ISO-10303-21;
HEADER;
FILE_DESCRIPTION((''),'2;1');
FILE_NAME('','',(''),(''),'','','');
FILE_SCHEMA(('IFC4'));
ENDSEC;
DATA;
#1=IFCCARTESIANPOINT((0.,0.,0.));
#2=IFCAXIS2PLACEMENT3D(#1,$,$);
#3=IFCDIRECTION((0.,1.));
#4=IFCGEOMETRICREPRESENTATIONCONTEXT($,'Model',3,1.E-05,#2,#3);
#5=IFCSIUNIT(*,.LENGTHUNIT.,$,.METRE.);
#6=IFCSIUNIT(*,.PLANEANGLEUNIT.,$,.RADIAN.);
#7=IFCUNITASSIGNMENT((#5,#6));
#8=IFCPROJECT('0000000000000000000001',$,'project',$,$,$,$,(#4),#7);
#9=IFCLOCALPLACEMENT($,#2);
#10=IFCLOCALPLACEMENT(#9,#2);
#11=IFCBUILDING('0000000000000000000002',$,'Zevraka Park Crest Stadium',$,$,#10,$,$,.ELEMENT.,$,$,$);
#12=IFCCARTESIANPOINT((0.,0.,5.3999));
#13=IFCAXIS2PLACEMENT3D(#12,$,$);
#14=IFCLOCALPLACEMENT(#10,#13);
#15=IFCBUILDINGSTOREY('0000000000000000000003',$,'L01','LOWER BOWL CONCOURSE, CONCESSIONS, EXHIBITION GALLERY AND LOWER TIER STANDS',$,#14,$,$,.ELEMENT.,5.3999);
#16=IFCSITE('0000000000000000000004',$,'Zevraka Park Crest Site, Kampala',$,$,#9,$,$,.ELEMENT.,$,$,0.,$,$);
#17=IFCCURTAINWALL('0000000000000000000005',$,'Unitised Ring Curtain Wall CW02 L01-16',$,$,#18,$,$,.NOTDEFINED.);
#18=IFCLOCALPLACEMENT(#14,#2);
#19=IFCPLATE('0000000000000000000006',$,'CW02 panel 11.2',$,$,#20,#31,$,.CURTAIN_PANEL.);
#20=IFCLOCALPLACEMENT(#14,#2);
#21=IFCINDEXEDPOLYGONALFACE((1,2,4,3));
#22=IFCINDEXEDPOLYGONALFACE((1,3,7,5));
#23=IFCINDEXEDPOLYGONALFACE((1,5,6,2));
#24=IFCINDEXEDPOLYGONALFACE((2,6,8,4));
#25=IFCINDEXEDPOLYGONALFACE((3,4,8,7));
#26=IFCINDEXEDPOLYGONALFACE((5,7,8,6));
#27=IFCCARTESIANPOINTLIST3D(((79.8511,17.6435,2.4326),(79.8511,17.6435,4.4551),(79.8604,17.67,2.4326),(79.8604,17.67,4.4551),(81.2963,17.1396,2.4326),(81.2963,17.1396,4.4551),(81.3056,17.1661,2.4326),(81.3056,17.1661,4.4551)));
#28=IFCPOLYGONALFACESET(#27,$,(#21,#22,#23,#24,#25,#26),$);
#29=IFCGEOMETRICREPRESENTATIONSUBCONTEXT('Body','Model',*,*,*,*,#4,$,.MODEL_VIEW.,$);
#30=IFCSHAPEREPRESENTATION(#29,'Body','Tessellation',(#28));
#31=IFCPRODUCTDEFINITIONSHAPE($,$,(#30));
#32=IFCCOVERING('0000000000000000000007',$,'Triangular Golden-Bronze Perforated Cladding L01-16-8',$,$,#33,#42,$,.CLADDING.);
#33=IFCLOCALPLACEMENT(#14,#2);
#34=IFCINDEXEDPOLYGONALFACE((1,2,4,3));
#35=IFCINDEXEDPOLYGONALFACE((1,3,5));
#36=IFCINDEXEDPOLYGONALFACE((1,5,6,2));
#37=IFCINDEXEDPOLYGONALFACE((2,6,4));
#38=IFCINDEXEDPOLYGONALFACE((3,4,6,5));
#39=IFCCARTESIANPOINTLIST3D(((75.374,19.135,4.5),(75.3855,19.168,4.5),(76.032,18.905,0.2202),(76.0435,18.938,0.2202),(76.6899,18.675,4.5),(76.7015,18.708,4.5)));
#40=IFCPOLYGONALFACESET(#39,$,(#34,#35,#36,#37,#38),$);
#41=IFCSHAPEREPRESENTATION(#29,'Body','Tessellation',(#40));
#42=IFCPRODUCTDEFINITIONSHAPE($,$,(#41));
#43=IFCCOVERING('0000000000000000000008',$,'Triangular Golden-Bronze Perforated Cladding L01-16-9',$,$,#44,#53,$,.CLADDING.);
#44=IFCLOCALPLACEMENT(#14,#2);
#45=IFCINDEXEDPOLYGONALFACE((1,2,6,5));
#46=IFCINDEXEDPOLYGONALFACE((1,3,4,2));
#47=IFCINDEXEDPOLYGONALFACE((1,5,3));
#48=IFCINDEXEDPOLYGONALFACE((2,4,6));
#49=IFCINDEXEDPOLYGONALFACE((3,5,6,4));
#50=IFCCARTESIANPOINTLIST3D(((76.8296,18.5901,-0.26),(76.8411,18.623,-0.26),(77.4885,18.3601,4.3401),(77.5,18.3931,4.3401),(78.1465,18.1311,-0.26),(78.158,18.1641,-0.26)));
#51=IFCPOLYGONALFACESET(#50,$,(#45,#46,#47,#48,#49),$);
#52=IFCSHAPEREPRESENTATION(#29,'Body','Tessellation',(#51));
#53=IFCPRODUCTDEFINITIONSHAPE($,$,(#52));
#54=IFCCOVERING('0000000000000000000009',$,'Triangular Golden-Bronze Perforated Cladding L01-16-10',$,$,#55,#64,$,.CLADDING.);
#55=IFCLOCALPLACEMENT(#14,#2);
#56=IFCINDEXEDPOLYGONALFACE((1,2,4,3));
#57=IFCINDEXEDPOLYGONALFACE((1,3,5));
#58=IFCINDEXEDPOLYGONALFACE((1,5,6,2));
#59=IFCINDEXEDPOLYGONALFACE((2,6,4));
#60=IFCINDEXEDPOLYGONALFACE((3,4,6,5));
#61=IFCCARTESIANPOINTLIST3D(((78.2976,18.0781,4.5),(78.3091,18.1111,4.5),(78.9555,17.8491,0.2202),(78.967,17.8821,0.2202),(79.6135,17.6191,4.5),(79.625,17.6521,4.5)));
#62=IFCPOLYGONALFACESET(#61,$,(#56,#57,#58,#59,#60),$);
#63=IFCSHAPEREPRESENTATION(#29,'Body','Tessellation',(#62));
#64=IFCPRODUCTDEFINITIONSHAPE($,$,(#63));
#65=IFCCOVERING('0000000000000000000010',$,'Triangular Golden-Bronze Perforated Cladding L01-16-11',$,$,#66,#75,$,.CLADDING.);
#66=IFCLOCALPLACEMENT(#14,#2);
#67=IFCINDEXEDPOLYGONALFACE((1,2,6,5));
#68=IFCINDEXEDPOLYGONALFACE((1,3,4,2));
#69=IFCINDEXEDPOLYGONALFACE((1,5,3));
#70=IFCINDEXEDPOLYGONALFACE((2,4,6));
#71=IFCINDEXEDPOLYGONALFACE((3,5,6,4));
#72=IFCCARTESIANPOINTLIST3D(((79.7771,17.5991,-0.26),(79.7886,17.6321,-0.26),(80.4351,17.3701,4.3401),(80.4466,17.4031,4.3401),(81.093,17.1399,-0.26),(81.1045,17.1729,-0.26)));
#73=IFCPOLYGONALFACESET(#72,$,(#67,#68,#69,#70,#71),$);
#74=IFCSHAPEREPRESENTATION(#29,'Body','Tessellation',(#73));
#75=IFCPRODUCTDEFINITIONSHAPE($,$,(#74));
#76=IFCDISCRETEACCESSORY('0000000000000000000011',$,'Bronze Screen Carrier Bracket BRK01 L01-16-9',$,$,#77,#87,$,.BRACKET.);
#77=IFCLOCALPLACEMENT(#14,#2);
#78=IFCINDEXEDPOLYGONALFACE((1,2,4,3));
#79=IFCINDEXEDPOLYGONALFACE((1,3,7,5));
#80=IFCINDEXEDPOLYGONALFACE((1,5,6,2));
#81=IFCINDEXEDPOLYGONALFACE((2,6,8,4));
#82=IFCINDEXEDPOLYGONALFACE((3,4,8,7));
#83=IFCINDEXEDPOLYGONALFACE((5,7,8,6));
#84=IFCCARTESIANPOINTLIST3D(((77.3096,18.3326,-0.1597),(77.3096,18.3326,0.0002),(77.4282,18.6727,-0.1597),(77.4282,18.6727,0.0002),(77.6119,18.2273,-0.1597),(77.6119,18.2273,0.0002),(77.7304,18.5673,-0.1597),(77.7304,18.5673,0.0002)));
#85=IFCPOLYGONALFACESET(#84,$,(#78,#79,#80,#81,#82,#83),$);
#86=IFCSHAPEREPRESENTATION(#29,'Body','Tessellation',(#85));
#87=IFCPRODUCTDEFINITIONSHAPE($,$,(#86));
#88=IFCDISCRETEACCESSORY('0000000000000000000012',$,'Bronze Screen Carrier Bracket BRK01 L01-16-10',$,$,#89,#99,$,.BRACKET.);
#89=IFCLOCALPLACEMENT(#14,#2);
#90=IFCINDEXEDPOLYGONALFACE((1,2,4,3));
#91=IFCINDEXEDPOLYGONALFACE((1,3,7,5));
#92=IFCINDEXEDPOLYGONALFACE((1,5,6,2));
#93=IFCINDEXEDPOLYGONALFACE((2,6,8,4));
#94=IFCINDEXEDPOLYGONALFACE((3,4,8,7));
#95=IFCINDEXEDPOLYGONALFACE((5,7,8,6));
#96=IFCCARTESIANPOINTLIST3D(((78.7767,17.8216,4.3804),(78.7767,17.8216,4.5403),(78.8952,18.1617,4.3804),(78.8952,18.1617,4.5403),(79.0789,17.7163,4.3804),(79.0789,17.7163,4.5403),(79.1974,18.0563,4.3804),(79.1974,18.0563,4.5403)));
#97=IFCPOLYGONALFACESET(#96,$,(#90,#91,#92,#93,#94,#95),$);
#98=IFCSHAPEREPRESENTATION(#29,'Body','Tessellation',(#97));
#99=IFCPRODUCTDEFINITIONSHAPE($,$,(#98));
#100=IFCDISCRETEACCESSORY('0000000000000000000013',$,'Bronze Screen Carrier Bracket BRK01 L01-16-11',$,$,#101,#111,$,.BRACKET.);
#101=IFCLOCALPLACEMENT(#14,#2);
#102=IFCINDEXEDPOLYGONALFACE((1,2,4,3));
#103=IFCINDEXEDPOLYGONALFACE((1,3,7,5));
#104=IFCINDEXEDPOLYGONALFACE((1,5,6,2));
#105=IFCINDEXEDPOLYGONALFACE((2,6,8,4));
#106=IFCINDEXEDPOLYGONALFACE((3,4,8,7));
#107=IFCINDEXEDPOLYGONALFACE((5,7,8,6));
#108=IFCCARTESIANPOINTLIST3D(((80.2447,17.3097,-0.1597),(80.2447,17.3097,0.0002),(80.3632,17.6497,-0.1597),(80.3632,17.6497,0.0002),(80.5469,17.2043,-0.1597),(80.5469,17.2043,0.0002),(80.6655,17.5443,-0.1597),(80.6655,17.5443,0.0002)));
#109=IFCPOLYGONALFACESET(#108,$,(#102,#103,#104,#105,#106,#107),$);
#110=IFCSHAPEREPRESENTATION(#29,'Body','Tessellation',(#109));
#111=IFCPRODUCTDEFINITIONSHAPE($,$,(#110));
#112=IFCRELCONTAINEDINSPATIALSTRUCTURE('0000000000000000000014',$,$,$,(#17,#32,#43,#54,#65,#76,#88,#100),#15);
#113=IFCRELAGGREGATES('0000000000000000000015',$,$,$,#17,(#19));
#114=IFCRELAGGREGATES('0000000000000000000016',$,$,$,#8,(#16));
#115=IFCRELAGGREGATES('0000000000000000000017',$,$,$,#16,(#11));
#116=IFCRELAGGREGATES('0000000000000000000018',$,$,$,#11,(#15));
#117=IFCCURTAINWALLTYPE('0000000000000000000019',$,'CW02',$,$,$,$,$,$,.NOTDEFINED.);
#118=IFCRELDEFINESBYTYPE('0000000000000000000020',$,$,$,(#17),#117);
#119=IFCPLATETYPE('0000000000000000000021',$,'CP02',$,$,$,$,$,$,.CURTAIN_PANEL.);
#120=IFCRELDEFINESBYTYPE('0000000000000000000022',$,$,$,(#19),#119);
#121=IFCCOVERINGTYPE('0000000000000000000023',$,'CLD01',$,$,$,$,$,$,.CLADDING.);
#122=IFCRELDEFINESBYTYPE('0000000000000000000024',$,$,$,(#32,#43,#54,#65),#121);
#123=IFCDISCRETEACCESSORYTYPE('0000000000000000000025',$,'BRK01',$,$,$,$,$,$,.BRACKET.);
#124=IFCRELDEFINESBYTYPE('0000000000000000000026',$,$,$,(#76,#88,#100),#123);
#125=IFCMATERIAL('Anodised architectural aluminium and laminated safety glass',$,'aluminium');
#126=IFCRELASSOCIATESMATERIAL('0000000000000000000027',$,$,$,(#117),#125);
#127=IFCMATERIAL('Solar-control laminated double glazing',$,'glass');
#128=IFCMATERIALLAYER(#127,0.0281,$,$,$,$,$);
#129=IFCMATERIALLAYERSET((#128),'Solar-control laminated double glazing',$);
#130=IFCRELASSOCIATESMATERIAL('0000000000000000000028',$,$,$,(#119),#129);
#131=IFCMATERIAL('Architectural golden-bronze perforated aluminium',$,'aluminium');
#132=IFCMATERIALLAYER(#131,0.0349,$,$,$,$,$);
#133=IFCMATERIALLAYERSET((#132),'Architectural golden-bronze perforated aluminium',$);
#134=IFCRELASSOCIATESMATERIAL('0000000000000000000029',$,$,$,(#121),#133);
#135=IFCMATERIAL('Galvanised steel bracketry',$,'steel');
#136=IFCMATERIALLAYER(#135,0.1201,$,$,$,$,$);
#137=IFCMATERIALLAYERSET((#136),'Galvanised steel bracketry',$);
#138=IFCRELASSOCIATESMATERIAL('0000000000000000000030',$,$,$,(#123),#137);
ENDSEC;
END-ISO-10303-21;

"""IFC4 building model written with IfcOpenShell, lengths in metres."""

from ifc_helpers import new_model, si_unit, direction, frame, origin, origin_2d, place, context, subcontext, project, spatial, polyline, rectangle, outline, extrude, material, layer, layer_set, type_object, element, aggregate, save


model = new_model("IFC4")

# Units and contexts
model_context = context("Model", 3, precision=1e-05, world=origin(), true_north=direction((0.0, 1.0)))
body_context = subcontext(model_context, "Body", "Model", "MODEL_VIEW")
ifc_project = project(units=[si_unit("LENGTHUNIT", "METRE"), si_unit("PLANEANGLEUNIT", "RADIAN")], contexts=[model_context])

# Site, building, storey
site_placement = place(None, origin())
site = spatial("IfcSite", under=ifc_project, at=site_placement, Name="Zevraka Park Crest Site, Kampala", CompositionType="ELEMENT", RefElevation=0.0)
building_placement = place(site_placement, origin())
building = spatial("IfcBuilding", under=site, at=building_placement, Name="Zevraka Park Crest Stadium", CompositionType="ELEMENT")
storey_placement = place(building_placement, frame((0.0, 0.0, 5.3999)))
storey = spatial("IfcBuildingStorey", under=building, at=storey_placement, Name="L01", Description="LOWER BOWL CONCOURSE, CONCESSIONS, EXHIBITION GALLERY AND LOWER TIER STANDS", CompositionType="ELEMENT", Elevation=5.3999)

# Curtain wall, plate
ifc_material_1 = material(Name="Anodised architectural aluminium and laminated safety glass", Category="aluminium")
curtain_wall_type = type_object("IfcCurtainWallType", Name="CW02", PredefinedType="NOTDEFINED", material=ifc_material_1)
curtain_wall_placement = place(storey_placement, origin())
curtain_wall = element("IfcCurtainWall", 1, at=curtain_wall_placement, inside=storey, type_object=curtain_wall_type, Name="Unitised Ring Curtain Wall CW02 L01-16", PredefinedType="NOTDEFINED")
ifc_material_2 = material(Name="Solar-control laminated double glazing", Category="glass")
ifc_layer_1 = layer(ifc_material_2, 0.0281)
ifc_layer_set_1 = layer_set([ifc_layer_1], Name="Solar-control laminated double glazing")
plate_type = type_object("IfcPlateType", Name="CP02", PredefinedType="CURTAIN_PANEL", material=ifc_layer_set_1)
plate_1_placement = place(storey_placement, frame((80.5784, 17.4048, 2.4326), z_axis=(0.0, 0.0, 1.0), x_axis=(0.944257, -0.329209, 0.0)))
plate_1 = element("IfcPlate", 2, at=plate_1_placement, type_object=plate_type, Name="CW02 panel 11.2", PredefinedType="CURTAIN_PANEL", context=body_context, shape_type="SweptSolid", body=[
    extrude(rectangle(XDim=1.5305, YDim=0.0281, at=origin_2d()), origin(), (0.0, 0.0, 1.0), 2.0225),
])
aggregate(curtain_wall, [plate_1])

# Coverings
ifc_material_3 = material(Name="Architectural golden-bronze perforated aluminium", Category="aluminium")
ifc_layer_2 = layer(ifc_material_3, 0.0349)
ifc_layer_set_2 = layer_set([ifc_layer_2], Name="Architectural golden-bronze perforated aluminium")
covering_type = type_object("IfcCoveringType", Name="CLD01", PredefinedType="CLADDING", material=ifc_layer_set_2)
covering_1_placement = place(storey_placement, frame((76.6899, 18.675, 4.5), z_axis=(-0.32996, -0.943995, 0.0), x_axis=(-0.943995, 0.32996, 0.0)))
element("IfcCovering", 3, at=covering_1_placement, inside=storey, type_object=covering_type, Name="Triangular Golden-Bronze Perforated Cladding L01-16-8", PredefinedType="CLADDING", context=body_context, shape_type="SweptSolid", body=[
    extrude(outline(polyline([(0.0, 0.0), (1.394, 0.0), (0.697, 4.2798), (0.0, 0.0)])), origin(), (0.0, 0.0, -1.0), 0.0349),
])
covering_2_placement = place(storey_placement, frame((76.8411, 18.623, -0.26), z_axis=(0.329118, 0.944289, 0.000065), x_axis=(0.944289, -0.329118, 0.0)))
element("IfcCovering", 4, at=covering_2_placement, inside=storey, type_object=covering_type, Name="Triangular Golden-Bronze Perforated Cladding L01-16-9", PredefinedType="CLADDING", context=body_context, shape_type="SweptSolid", body=[
    extrude(outline(polyline([(0.0, 0.0), (1.3946, 0.0), (0.6979, -4.6001), (0.0, 0.0)])), origin(), (0.0, 0.0, -1.0), 0.0349),
])
covering_3_placement = place(storey_placement, frame((79.625, 17.6521, 4.5), z_axis=(0.329336, 0.944213, 0.000108), x_axis=(-0.944213, 0.329336, 0.0)))
element("IfcCovering", 5, at=covering_3_placement, inside=storey, type_object=covering_type, Name="Triangular Golden-Bronze Perforated Cladding L01-16-10", PredefinedType="CLADDING", context=body_context, shape_type="SweptSolid", body=[
    extrude(outline(polyline([(0.0, 0.0), (1.3937, 0.0), (0.697, -4.2798), (0.0, 0.0)])), origin(), (0.0, 0.0, -1.0), 0.0349),
])
covering_4_placement = place(storey_placement, frame((79.7771, 17.5991, -0.26), z_axis=(-0.329492, -0.944158, 0.000125), x_axis=(0.944158, -0.329492, 0.0)))
element("IfcCovering", 6, at=covering_4_placement, inside=storey, type_object=covering_type, Name="Triangular Golden-Bronze Perforated Cladding L01-16-11", PredefinedType="CLADDING", context=body_context, shape_type="SweptSolid", body=[
    extrude(outline(polyline([(0.0, 0.0), (1.3937, 0.0), (0.6967, 4.6001), (0.0, 0.0)])), origin(), (0.0, 0.0, -1.0), 0.0349),
])

# Discrete accessories
ifc_material_4 = material(Name="Galvanised steel bracketry", Category="steel")
ifc_layer_3 = layer(ifc_material_4, 0.1201)
ifc_layer_set_3 = layer_set([ifc_layer_3], Name="Galvanised steel bracketry")
discrete_accessory_type = type_object("IfcDiscreteAccessoryType", Name="BRK01", PredefinedType="BRACKET", material=ifc_layer_set_3)
for number, where, z_axis, x_axis, name in (
    (7, (77.52, 18.45, -0.1597), (0.0, 0.0, 1.0), (0.944262, -0.329196, 0.0), "Bronze Screen Carrier Bracket BRK01 L01-16-9"),
    (8, (78.9871, 17.939, 4.3804), (0.0, 0.0, 1.0), (0.944262, -0.329196, 0.0), "Bronze Screen Carrier Bracket BRK01 L01-16-10"),
    (9, (80.4551, 17.427, -0.1597), (0.0, 0.0, 1.0), (0.944262, -0.329196, 0.0), "Bronze Screen Carrier Bracket BRK01 L01-16-11"),
):
    element("IfcDiscreteAccessory", number, at=place(storey_placement, frame(where, z_axis=z_axis, x_axis=x_axis)), inside=storey, type_object=discrete_accessory_type, Name=name, PredefinedType="BRACKET", context=body_context, shape_type="SweptSolid", body=[
        extrude(rectangle(XDim=0.3201, YDim=0.3601, at=origin_2d()), origin(), (0.0, 0.0, 1.0), 0.1599),
    ])

save(model, "model.ifc")
